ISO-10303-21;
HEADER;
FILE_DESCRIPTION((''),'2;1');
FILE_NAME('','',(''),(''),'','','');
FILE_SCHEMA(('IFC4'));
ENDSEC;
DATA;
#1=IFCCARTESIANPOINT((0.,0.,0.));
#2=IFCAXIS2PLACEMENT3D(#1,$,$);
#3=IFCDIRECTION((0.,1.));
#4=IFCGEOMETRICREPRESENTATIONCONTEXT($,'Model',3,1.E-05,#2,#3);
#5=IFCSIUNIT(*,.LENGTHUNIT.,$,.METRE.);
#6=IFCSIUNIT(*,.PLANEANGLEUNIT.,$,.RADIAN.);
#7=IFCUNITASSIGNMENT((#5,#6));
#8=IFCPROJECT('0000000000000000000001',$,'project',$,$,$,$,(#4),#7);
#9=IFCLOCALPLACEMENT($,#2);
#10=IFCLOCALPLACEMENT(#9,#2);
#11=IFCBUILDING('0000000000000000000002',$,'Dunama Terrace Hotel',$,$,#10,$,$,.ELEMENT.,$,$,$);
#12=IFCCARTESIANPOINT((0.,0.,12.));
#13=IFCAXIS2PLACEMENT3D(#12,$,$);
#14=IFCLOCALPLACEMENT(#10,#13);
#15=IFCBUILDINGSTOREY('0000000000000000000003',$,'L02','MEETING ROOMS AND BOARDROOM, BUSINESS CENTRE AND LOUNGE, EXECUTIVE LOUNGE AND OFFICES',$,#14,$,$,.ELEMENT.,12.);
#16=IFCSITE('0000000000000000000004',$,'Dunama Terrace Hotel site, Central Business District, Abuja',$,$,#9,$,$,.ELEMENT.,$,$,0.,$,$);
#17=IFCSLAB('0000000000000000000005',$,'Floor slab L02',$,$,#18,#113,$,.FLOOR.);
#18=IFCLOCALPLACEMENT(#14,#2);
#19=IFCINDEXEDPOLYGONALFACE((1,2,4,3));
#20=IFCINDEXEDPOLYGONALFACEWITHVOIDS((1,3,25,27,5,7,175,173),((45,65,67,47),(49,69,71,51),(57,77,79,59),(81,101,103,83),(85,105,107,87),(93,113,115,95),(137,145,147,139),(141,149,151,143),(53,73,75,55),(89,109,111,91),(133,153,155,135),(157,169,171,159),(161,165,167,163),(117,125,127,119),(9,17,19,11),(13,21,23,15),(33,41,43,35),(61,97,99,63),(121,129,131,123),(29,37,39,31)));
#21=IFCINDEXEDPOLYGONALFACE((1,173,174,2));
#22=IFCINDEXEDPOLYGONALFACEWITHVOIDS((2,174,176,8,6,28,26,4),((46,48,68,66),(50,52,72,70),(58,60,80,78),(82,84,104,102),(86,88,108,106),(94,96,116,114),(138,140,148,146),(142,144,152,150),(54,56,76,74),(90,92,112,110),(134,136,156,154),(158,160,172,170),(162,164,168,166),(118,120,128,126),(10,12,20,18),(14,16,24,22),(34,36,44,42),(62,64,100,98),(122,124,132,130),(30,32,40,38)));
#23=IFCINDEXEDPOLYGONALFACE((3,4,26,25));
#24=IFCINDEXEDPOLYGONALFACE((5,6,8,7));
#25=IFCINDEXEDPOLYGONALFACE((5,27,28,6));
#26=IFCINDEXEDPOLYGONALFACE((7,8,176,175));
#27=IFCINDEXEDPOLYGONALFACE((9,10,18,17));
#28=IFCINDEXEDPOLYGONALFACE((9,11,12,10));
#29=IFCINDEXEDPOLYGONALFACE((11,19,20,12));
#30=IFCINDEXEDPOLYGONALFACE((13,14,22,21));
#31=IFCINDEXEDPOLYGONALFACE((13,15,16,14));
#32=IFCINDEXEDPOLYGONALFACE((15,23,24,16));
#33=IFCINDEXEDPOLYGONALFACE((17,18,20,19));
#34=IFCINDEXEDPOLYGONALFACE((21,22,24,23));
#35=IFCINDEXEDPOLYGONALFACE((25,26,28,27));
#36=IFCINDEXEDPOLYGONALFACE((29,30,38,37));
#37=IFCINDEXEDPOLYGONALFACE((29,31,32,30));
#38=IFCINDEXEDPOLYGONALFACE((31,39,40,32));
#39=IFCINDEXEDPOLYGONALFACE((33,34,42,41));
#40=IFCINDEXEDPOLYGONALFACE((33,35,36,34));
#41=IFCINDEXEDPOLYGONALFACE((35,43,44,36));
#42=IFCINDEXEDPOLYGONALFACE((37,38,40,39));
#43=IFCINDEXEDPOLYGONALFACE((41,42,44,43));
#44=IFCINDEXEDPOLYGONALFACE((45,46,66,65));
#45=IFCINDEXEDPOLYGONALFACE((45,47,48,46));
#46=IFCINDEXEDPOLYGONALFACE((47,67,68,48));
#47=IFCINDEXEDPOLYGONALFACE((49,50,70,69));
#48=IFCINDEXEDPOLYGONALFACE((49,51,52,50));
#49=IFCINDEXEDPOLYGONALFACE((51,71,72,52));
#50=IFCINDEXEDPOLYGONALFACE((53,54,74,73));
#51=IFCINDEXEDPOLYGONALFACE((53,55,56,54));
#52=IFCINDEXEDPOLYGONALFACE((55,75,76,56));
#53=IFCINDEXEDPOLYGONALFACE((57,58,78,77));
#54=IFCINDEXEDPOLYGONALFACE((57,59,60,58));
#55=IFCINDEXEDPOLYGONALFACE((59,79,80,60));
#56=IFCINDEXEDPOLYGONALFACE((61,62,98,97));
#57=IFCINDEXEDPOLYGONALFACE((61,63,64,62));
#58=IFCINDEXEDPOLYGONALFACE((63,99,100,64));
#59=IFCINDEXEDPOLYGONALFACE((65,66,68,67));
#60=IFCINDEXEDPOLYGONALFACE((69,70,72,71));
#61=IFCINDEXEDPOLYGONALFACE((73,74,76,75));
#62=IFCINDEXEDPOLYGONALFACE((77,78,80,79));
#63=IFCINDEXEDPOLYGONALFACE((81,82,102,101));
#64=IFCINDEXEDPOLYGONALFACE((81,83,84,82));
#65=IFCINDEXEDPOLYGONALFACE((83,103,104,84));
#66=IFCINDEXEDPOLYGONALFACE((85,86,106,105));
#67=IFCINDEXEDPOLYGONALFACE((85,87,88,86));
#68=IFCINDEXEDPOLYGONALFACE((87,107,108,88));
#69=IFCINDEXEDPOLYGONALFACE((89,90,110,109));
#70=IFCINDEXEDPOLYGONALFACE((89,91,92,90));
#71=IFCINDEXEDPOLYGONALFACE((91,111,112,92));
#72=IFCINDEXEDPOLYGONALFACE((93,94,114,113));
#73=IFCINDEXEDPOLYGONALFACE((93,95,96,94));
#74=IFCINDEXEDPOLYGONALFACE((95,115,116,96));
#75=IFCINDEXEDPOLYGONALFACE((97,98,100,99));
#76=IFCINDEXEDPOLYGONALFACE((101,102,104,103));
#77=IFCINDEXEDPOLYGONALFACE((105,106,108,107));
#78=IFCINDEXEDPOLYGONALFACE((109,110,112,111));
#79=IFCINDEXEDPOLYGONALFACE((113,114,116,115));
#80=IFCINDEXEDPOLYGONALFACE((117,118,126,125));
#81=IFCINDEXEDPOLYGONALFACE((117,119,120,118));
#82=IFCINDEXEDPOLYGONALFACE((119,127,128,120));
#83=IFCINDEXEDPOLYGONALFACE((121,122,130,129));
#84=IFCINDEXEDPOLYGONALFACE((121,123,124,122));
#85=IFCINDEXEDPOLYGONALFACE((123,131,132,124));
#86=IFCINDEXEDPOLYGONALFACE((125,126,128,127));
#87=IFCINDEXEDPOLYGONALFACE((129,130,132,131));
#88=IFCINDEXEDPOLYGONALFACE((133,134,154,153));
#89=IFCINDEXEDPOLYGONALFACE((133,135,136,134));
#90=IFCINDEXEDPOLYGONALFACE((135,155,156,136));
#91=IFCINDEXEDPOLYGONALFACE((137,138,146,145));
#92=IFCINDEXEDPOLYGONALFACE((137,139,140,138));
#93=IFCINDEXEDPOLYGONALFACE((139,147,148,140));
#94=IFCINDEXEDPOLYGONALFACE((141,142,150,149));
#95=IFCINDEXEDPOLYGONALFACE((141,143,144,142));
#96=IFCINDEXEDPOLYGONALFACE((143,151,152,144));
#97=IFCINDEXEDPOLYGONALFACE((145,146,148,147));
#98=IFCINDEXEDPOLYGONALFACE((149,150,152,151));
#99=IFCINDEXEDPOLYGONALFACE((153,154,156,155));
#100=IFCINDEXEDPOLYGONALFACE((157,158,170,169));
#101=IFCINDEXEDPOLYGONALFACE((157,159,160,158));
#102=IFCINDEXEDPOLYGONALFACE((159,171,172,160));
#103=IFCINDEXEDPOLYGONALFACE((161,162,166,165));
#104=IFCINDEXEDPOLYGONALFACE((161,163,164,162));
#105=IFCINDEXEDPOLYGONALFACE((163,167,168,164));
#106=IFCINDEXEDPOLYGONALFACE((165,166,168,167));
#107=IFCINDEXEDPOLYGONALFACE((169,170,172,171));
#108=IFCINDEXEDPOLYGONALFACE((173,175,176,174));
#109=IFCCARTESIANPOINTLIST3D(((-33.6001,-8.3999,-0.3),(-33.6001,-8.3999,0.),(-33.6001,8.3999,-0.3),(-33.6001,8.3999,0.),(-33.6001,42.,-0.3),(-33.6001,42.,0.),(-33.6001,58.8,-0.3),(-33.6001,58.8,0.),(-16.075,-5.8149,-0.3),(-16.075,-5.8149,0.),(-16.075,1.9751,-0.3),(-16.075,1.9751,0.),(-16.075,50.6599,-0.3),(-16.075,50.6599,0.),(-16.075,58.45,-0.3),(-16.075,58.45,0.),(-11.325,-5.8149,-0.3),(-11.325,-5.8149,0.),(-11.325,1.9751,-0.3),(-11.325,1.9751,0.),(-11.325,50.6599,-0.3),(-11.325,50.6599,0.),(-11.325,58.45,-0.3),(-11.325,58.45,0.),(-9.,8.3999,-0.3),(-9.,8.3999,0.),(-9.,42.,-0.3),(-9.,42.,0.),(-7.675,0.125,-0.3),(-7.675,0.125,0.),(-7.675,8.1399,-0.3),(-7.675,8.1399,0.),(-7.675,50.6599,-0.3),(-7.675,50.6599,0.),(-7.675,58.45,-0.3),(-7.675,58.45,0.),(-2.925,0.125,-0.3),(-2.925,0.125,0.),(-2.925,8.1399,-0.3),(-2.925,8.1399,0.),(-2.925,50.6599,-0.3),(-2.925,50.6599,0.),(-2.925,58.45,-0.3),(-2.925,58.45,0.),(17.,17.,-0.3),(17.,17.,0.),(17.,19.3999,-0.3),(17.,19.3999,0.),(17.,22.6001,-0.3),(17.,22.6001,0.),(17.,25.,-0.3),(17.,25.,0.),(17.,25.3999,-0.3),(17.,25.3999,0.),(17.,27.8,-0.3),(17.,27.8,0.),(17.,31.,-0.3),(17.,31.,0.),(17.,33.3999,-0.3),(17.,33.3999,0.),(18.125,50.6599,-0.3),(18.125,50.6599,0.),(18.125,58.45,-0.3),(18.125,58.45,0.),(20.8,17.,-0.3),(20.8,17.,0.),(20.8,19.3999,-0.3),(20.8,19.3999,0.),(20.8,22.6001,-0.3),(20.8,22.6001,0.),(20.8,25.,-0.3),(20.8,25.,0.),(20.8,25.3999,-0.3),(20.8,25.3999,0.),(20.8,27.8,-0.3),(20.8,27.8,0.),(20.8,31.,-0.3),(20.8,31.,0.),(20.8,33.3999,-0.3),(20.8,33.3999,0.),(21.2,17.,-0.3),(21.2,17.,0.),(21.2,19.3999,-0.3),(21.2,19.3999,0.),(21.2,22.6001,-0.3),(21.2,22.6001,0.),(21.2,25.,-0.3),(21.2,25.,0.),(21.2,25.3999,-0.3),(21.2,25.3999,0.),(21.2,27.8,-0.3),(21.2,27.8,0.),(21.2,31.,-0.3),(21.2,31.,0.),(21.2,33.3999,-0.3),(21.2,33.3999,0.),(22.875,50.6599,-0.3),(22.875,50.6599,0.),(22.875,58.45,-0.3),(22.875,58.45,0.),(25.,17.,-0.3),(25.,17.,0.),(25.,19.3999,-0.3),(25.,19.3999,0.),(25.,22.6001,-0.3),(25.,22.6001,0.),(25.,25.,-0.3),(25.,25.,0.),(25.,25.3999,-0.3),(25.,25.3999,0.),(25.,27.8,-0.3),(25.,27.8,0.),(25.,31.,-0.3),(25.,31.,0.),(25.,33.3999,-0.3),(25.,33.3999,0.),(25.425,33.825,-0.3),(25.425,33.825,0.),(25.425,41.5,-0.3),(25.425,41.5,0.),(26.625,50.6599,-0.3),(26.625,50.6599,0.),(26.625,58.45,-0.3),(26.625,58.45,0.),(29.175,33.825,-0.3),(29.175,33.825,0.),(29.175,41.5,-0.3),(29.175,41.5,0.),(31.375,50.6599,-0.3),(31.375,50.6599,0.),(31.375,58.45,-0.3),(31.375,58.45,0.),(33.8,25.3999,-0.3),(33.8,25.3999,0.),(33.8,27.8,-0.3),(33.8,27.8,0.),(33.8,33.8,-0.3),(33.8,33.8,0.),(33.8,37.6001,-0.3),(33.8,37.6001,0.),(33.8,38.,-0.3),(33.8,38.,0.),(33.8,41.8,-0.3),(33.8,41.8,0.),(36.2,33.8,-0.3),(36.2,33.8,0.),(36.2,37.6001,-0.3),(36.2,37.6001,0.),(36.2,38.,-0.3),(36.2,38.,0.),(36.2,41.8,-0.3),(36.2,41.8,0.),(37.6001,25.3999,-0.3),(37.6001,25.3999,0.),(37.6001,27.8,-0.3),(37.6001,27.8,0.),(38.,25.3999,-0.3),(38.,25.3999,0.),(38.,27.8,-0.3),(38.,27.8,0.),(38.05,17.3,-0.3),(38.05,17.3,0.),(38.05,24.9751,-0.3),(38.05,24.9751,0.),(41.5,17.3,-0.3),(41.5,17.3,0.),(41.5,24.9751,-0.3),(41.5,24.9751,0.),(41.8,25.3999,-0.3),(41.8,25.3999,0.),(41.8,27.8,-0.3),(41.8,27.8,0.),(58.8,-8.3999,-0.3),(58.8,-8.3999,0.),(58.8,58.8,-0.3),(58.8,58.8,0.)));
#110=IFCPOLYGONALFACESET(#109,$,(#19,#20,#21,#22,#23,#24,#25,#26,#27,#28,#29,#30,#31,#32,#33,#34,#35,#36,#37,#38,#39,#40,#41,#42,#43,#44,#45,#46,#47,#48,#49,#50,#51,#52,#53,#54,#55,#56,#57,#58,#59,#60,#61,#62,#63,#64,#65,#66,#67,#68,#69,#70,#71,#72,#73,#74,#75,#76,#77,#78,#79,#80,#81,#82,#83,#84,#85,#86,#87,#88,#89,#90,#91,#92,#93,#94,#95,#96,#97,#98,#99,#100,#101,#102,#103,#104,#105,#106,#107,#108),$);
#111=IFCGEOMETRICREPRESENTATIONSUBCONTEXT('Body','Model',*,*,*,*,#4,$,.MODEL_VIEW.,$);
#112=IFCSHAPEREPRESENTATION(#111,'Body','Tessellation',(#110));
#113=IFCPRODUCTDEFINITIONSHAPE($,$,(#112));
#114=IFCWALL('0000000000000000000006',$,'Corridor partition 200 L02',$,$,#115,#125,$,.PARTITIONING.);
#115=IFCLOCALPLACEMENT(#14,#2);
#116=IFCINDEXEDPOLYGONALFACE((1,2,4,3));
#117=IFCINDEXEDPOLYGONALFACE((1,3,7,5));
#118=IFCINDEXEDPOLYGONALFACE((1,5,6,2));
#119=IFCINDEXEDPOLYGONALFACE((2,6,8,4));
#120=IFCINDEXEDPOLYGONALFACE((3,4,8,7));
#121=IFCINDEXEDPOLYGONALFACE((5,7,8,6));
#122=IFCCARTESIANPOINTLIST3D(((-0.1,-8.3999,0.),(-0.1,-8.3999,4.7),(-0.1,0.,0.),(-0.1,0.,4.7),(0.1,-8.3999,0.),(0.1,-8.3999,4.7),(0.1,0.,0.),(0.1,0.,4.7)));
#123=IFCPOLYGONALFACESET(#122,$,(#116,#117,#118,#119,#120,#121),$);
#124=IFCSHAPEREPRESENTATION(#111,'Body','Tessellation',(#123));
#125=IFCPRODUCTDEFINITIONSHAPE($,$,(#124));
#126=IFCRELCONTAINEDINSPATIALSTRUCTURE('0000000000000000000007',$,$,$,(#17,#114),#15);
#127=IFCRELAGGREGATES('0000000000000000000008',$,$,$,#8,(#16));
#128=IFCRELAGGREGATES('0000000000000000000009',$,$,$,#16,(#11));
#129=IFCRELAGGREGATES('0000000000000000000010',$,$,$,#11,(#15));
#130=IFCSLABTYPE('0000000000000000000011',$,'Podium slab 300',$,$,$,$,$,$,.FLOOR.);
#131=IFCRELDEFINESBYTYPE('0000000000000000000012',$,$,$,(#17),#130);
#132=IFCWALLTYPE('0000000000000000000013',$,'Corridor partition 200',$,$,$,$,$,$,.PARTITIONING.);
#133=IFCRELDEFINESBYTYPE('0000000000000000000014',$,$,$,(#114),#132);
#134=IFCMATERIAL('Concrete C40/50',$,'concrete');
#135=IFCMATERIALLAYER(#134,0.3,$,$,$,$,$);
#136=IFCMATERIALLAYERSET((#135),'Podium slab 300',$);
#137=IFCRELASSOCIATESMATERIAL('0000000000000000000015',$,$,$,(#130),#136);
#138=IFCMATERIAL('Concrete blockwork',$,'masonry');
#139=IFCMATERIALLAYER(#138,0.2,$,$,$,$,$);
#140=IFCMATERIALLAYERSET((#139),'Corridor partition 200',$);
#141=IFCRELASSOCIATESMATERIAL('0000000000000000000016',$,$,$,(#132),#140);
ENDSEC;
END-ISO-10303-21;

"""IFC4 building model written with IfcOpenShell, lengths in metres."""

from ifc_helpers import new_model, si_unit, direction, frame, frame_2d, origin, place, context, subcontext, project, spatial, polyline, rectangle, outline, extrude, material, layer, layer_set, type_object, element, save


model = new_model("IFC4")

# Units and contexts
model_context = context("Model", 3, precision=1e-05, world=origin(), true_north=direction((0.0, 1.0)))
body_context = subcontext(model_context, "Body", "Model", "MODEL_VIEW")
ifc_project = project(units=[si_unit("LENGTHUNIT", "METRE"), si_unit("PLANEANGLEUNIT", "RADIAN")], contexts=[model_context])

# Site, building, storey
site_placement = place(None, origin())
site = spatial("IfcSite", under=ifc_project, at=site_placement, Name="Dunama Terrace Hotel site, Central Business District, Abuja", CompositionType="ELEMENT", RefElevation=0.0)
building_placement = place(site_placement, origin())
building = spatial("IfcBuilding", under=site, at=building_placement, Name="Dunama Terrace Hotel", CompositionType="ELEMENT")
storey_placement = place(building_placement, frame((0.0, 0.0, 12.0)))
storey = spatial("IfcBuildingStorey", under=building, at=storey_placement, Name="L02", Description="MEETING ROOMS AND BOARDROOM, BUSINESS CENTRE AND LOUNGE, EXECUTIVE LOUNGE AND OFFICES", CompositionType="ELEMENT", Elevation=12.0)

# Slab
ifc_material_1 = material(Name="Concrete C40/50", Category="concrete")
ifc_layer_1 = layer(ifc_material_1, 0.3)
ifc_layer_set_1 = layer_set([ifc_layer_1], Name="Podium slab 300")
slab_type = type_object("IfcSlabType", Name="Podium slab 300", PredefinedType="FLOOR", material=ifc_layer_set_1)
slab_placement = place(storey_placement, frame((0.0, 0.0, -0.3)))
element("IfcSlab", 1, at=slab_placement, inside=storey, type_object=slab_type, Name="Floor slab L02", PredefinedType="FLOOR", context=body_context, shape_type="SweptSolid", body=[
    extrude(outline(polyline([(-33.6001, -8.3999), (58.8, -8.3999), (58.8, 58.8), (-33.6001, 58.8), (-33.6001, 42.0), (-9.0, 42.0), (-9.0, 8.3999), (-33.6001, 8.3999), (-33.6001, -8.3999)]), holes=[polyline([(20.8, 25.3999), (20.8, 27.8), (17.0, 27.8), (17.0, 25.3999), (20.8, 25.3999)]), polyline([(25.0, 25.3999), (25.0, 27.8), (21.2, 27.8), (21.2, 25.3999), (25.0, 25.3999)]), polyline([(20.8, 31.0), (20.8, 33.3999), (17.0, 33.3999), (17.0, 31.0), (20.8, 31.0)]), polyline([(25.0, 31.0), (25.0, 33.3999), (21.2, 33.3999), (21.2, 31.0), (25.0, 31.0)]), polyline([(37.6001, 25.3999), (37.6001, 27.8), (33.8, 27.8), (33.8, 25.3999), (37.6001, 25.3999)]), polyline([(41.8, 25.3999), (41.8, 27.8), (38.0, 27.8), (38.0, 25.3999), (41.8, 25.3999)]), polyline([(20.8, 17.0), (20.8, 19.3999), (17.0, 19.3999), (17.0, 17.0), (20.8, 17.0)]), polyline([(25.0, 17.0), (25.0, 19.3999), (21.2, 19.3999), (21.2, 17.0), (25.0, 17.0)]), polyline([(20.8, 22.6001), (20.8, 25.0), (17.0, 25.0), (17.0, 22.6001), (20.8, 22.6001)]), polyline([(25.0, 22.6001), (25.0, 25.0), (21.2, 25.0), (21.2, 22.6001), (25.0, 22.6001)]), polyline([(36.2, 38.0), (36.2, 41.8), (33.8, 41.8), (33.8, 38.0), (36.2, 38.0)]), polyline([(36.2, 33.8), (36.2, 37.6001), (33.8, 37.6001), (33.8, 33.8), (36.2, 33.8)]), polyline([(29.175, 33.825), (29.175, 41.5), (25.425, 41.5), (25.425, 33.825), (29.175, 33.825)]), polyline([(41.5, 17.3), (41.5, 24.9751), (38.05, 24.9751), (38.05, 17.3), (41.5, 17.3)]), polyline([(-11.325, 50.6599), (-11.325, 58.45), (-16.075, 58.45), (-16.075, 50.6599), (-11.325, 50.6599)]), polyline([(-11.325, -5.8149), (-11.325, 1.9751), (-16.075, 1.9751), (-16.075, -5.8149), (-11.325, -5.8149)]), polyline([(-2.925, 50.6599), (-2.925, 58.45), (-7.675, 58.45), (-7.675, 50.6599), (-2.925, 50.6599)]), polyline([(-2.925, 0.125), (-2.925, 8.1399), (-7.675, 8.1399), (-7.675, 0.125), (-2.925, 0.125)]), polyline([(22.875, 50.6599), (22.875, 58.45), (18.125, 58.45), (18.125, 50.6599), (22.875, 50.6599)]), polyline([(31.375, 50.6599), (31.375, 58.45), (26.625, 58.45), (26.625, 50.6599), (31.375, 50.6599)])]), origin(), (0.0, 0.0, 1.0), 0.3),
])

# Wall
ifc_material_2 = material(Name="Concrete blockwork", Category="masonry")
ifc_layer_2 = layer(ifc_material_2, 0.2)
ifc_layer_set_2 = layer_set([ifc_layer_2], Name="Corridor partition 200")
wall_type_1 = type_object("IfcWallType", Name="Corridor partition 200", PredefinedType="PARTITIONING", material=ifc_layer_set_2)
wall_1_placement = place(storey_placement, frame((0.0, -8.3999, 0.0), z_axis=(0.0, 0.0, 1.0), x_axis=(0.0, 1.0, 0.0)))
element("IfcWall", 2, at=wall_1_placement, inside=storey, type_object=wall_type_1, Name="Corridor partition 200 L02", PredefinedType="PARTITIONING", context=body_context, shape_type="SweptSolid", body=[
    extrude(rectangle(XDim=8.3999, YDim=0.2, at=frame_2d((4.2, 0.0))), origin(), (0.0, 0.0, 1.0), 4.7),
])

save(model, "model.ifc")
